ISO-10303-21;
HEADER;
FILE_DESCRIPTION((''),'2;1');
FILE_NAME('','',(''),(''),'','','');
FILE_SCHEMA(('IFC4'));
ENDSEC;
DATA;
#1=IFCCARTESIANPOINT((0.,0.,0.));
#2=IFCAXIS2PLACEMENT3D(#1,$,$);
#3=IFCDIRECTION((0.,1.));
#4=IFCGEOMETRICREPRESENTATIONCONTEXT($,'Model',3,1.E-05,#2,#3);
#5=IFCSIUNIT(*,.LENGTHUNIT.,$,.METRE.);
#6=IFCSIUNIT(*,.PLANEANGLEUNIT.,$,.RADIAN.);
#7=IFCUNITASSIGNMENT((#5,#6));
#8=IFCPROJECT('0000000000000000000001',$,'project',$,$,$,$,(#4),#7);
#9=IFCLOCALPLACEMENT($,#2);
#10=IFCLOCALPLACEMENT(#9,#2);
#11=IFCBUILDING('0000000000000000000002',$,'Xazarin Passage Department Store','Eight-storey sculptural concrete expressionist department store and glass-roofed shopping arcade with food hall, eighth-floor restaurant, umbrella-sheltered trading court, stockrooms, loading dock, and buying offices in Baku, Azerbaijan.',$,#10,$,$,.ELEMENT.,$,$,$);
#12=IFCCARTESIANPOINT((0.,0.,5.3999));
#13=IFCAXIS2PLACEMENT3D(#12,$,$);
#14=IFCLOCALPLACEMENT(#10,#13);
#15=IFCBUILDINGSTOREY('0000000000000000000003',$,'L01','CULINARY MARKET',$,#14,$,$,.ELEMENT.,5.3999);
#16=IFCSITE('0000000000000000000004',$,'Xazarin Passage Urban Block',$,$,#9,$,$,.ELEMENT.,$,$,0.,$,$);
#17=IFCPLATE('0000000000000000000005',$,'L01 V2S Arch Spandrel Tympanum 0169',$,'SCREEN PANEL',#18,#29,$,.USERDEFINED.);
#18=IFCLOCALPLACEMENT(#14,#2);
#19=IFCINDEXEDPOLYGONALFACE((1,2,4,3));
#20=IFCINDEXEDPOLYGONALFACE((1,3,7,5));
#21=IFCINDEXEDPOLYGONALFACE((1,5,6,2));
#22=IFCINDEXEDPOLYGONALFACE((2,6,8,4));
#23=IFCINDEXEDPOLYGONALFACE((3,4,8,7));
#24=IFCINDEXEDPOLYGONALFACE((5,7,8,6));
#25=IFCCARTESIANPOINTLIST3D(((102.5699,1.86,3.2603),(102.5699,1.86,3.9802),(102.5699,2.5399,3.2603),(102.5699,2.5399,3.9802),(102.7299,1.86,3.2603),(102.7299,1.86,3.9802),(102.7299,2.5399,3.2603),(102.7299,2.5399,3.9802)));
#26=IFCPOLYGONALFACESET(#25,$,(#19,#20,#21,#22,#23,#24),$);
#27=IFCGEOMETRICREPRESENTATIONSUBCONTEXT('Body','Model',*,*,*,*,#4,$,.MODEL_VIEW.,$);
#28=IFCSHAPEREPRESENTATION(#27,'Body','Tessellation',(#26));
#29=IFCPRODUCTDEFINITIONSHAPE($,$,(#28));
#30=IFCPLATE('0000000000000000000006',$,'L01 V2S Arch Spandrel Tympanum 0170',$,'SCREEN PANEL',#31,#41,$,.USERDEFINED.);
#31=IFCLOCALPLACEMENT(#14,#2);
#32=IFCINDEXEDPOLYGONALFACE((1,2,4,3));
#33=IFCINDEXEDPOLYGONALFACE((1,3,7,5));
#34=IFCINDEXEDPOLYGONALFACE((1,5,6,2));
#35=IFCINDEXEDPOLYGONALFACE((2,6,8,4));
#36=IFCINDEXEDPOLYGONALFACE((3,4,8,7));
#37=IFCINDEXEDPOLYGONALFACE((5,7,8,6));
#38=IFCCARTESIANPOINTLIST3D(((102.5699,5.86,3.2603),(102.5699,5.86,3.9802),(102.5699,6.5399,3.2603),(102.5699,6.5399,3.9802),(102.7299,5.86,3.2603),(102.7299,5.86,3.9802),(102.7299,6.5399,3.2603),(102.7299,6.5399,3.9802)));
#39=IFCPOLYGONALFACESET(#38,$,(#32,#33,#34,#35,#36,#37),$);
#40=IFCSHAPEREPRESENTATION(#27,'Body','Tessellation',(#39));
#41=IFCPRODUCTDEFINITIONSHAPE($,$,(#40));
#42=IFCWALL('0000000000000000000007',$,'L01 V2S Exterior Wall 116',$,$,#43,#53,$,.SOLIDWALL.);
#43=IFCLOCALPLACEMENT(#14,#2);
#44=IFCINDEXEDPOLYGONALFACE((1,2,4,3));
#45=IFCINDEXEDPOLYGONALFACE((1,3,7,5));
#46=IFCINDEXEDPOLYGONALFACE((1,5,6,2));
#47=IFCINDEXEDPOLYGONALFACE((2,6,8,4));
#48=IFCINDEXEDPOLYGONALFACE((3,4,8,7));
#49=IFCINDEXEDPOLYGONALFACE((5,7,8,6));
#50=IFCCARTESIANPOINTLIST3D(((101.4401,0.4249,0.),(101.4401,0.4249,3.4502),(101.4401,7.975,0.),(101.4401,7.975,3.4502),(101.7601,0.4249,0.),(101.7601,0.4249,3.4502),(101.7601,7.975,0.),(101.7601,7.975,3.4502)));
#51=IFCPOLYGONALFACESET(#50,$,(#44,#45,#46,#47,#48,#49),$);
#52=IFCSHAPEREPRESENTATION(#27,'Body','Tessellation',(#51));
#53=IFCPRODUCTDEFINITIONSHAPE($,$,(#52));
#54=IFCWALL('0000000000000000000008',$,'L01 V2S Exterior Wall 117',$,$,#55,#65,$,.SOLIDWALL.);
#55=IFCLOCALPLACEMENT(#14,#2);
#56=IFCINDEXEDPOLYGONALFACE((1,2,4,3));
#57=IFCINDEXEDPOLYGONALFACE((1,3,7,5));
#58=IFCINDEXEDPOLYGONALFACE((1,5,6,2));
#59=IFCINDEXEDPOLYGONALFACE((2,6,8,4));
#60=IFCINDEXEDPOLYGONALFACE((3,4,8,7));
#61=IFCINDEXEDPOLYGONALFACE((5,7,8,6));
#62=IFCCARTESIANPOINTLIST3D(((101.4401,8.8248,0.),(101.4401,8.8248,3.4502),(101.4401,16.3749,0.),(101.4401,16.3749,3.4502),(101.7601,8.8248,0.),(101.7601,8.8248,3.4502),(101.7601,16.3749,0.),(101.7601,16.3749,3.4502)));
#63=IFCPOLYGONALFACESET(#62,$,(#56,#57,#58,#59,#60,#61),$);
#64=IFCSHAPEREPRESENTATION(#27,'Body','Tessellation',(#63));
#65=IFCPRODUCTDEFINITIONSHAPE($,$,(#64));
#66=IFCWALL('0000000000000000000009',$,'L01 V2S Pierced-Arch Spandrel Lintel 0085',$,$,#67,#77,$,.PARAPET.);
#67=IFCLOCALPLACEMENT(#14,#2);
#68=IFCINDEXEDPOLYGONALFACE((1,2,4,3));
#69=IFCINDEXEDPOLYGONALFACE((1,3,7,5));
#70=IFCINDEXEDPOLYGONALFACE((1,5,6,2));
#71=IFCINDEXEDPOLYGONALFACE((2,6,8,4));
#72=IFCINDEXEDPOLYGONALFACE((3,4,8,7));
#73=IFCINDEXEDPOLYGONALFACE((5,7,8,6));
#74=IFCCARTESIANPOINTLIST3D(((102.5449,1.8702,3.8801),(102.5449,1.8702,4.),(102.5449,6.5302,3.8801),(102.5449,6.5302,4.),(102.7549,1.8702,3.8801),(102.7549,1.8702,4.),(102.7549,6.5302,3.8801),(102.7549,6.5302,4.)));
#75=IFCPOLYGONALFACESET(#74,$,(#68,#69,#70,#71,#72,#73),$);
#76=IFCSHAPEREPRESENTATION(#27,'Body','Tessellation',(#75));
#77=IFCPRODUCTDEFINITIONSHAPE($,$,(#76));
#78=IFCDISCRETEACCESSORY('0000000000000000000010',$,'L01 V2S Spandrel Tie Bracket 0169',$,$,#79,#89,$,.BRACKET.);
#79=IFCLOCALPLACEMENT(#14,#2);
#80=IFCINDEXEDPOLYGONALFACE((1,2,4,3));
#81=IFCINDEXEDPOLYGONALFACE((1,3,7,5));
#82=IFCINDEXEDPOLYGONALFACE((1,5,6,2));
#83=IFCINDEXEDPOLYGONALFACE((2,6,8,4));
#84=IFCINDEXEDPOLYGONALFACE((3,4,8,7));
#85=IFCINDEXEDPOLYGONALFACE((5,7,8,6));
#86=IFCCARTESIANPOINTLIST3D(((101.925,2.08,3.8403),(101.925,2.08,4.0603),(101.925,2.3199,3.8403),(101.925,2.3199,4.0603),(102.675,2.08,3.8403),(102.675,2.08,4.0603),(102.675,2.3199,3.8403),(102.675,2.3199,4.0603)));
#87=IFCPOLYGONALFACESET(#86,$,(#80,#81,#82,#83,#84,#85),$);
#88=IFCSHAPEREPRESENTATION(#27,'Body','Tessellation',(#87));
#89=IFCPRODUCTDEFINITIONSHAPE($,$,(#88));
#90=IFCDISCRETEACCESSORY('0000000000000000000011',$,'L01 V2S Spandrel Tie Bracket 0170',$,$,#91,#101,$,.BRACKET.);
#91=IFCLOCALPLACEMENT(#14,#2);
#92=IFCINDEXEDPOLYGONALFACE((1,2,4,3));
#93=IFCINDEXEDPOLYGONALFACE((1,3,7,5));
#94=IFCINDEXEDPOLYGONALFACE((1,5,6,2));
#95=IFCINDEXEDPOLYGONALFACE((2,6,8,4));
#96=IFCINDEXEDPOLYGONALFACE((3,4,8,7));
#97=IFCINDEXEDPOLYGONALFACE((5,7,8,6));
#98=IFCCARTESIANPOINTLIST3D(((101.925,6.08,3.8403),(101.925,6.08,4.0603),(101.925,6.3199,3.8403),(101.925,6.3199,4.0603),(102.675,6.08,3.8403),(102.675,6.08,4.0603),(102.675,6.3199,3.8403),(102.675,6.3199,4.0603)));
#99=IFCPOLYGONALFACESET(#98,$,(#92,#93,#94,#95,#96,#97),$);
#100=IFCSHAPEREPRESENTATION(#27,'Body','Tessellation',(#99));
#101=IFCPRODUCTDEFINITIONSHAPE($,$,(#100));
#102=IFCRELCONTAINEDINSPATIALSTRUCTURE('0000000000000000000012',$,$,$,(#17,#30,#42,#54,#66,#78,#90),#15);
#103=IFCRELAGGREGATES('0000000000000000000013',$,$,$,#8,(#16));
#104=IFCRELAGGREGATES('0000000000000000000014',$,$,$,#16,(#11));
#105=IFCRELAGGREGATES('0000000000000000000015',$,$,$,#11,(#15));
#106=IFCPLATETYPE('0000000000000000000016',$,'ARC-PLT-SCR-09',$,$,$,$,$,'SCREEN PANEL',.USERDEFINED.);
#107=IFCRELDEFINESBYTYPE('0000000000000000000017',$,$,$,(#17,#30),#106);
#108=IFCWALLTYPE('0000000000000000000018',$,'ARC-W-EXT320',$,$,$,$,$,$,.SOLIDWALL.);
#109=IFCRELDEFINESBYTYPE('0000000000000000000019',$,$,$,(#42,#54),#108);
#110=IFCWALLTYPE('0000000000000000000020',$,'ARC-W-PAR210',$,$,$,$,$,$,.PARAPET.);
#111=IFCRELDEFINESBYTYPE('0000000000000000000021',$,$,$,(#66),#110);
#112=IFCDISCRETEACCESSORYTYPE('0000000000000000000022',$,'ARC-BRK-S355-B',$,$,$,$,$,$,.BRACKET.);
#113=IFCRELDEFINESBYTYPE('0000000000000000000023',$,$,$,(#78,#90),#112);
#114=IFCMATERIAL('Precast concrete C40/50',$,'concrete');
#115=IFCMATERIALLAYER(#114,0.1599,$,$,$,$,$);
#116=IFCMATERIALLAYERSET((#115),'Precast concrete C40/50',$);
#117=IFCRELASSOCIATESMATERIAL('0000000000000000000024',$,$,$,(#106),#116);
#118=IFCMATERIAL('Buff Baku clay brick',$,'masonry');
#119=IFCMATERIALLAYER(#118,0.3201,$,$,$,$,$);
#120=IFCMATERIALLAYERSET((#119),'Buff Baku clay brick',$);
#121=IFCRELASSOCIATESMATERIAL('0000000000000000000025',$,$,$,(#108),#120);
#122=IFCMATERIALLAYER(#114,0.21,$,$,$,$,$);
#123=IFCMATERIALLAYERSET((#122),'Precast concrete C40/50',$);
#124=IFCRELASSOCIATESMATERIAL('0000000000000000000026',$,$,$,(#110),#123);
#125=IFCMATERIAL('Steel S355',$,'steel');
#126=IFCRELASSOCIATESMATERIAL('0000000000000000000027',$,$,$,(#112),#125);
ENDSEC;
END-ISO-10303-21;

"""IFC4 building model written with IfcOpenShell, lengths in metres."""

from ifc_helpers import new_model, si_unit, direction, frame, frame_2d, origin, origin_2d, place, context, subcontext, project, spatial, rectangle, extrude, material, layer, layer_set, type_object, element, save


model = new_model("IFC4")

# Units and contexts
model_context = context("Model", 3, precision=1e-05, world=origin(), true_north=direction((0.0, 1.0)))
body_context = subcontext(model_context, "Body", "Model", "MODEL_VIEW")
ifc_project = project(units=[si_unit("LENGTHUNIT", "METRE"), si_unit("PLANEANGLEUNIT", "RADIAN")], contexts=[model_context])

# Site, building, storey
site_placement = place(None, origin())
site = spatial("IfcSite", under=ifc_project, at=site_placement, Name="Xazarin Passage Urban Block", CompositionType="ELEMENT", RefElevation=0.0)
building_placement = place(site_placement, origin())
building = spatial("IfcBuilding", under=site, at=building_placement, Name="Xazarin Passage Department Store", Description="Eight-storey sculptural concrete expressionist department store and glass-roofed shopping arcade with food hall, eighth-floor restaurant, umbrella-sheltered trading court, stockrooms, loading dock, and buying offices in Baku, Azerbaijan.", CompositionType="ELEMENT")
storey_placement = place(building_placement, frame((0.0, 0.0, 5.3999)))
storey = spatial("IfcBuildingStorey", under=building, at=storey_placement, Name="L01", Description="CULINARY MARKET", CompositionType="ELEMENT", Elevation=5.3999)

# Plates
ifc_material_1 = material(Name="Precast concrete C40/50", Category="concrete")
ifc_layer_1 = layer(ifc_material_1, 0.1599)
ifc_layer_set_1 = layer_set([ifc_layer_1], Name="Precast concrete C40/50")
plate_type = type_object("IfcPlateType", Name="ARC-PLT-SCR-09", ElementType="SCREEN PANEL", PredefinedType="USERDEFINED", material=ifc_layer_set_1)
for number, where, z_axis, x_axis, name in (
    (1, (102.6499, 2.2, 3.2603), (0.0, 0.0, 1.0), (0.0, 1.0, 0.0), "L01 V2S Arch Spandrel Tympanum 0169"),
    (2, (102.6499, 6.2, 3.2603), (0.0, 0.0, 1.0), (0.0, 1.0, 0.0), "L01 V2S Arch Spandrel Tympanum 0170"),
):
    element("IfcPlate", number, at=place(storey_placement, frame(where, z_axis=z_axis, x_axis=x_axis)), inside=storey, type_object=plate_type, Name=name, ObjectType="SCREEN PANEL", PredefinedType="USERDEFINED", context=body_context, shape_type="SweptSolid", body=[
        extrude(rectangle(XDim=0.6799, YDim=0.1599, at=origin_2d()), origin(), (0.0, 0.0, 1.0), 0.72),
    ])

# Walls
ifc_material_2 = material(Name="Buff Baku clay brick", Category="masonry")
ifc_layer_2 = layer(ifc_material_2, 0.3201)
ifc_layer_set_2 = layer_set([ifc_layer_2], Name="Buff Baku clay brick")
wall_type_1 = type_object("IfcWallType", Name="ARC-W-EXT320", PredefinedType="SOLIDWALL", material=ifc_layer_set_2)
for number, where, z_axis, x_axis, name in (
    (3, (101.6001, 0.425, 0.0), (0.0, 0.0, 1.0), (0.0, 1.0, 0.0), "L01 V2S Exterior Wall 116"),
    (4, (101.6001, 8.825, 0.0), (0.0, 0.0, 1.0), (0.0, 1.0, 0.0), "L01 V2S Exterior Wall 117"),
):
    element("IfcWall", number, at=place(storey_placement, frame(where, z_axis=z_axis, x_axis=x_axis)), inside=storey, type_object=wall_type_1, Name=name, PredefinedType="SOLIDWALL", context=body_context, shape_type="SweptSolid", body=[
        extrude(rectangle(XDim=7.55, YDim=0.3201, at=frame_2d((3.7749, 0.0))), origin(), (0.0, 0.0, 1.0), 3.4502),
    ])
ifc_layer_3 = layer(ifc_material_1, 0.21)
ifc_layer_set_3 = layer_set([ifc_layer_3], Name="Precast concrete C40/50")
wall_type_2 = type_object("IfcWallType", Name="ARC-W-PAR210", PredefinedType="PARAPET", material=ifc_layer_set_3)
wall_placement = place(storey_placement, frame((102.6499, 1.8701, 3.8801), z_axis=(0.0, 0.0, 1.0), x_axis=(0.0, 1.0, 0.0)))
element("IfcWall", 5, at=wall_placement, inside=storey, type_object=wall_type_2, Name="L01 V2S Pierced-Arch Spandrel Lintel 0085", PredefinedType="PARAPET", context=body_context, shape_type="SweptSolid", body=[
    extrude(rectangle(XDim=4.6599, YDim=0.21, at=frame_2d((2.3301, 0.0))), origin(), (0.0, 0.0, 1.0), 0.1199),
])

# Discrete accessories
ifc_material_3 = material(Name="Steel S355", Category="steel")
discrete_accessory_type = type_object("IfcDiscreteAccessoryType", Name="ARC-BRK-S355-B", PredefinedType="BRACKET", material=ifc_material_3)
for number, where, z_axis, x_axis, name in (
    (6, (102.3, 2.2, 3.8403), (0.0, 0.0, 1.0), (0.0, 1.0, 0.0), "L01 V2S Spandrel Tie Bracket 0169"),
    (7, (102.3, 6.2, 3.8403), (0.0, 0.0, 1.0), (0.0, 1.0, 0.0), "L01 V2S Spandrel Tie Bracket 0170"),
):
    element("IfcDiscreteAccessory", number, at=place(storey_placement, frame(where, z_axis=z_axis, x_axis=x_axis)), inside=storey, type_object=discrete_accessory_type, Name=name, PredefinedType="BRACKET", context=body_context, shape_type="SweptSolid", body=[
        extrude(rectangle(XDim=0.24, YDim=0.75, at=origin_2d()), origin(), (0.0, 0.0, 1.0), 0.22),
    ])

save(model, "model.ifc")
